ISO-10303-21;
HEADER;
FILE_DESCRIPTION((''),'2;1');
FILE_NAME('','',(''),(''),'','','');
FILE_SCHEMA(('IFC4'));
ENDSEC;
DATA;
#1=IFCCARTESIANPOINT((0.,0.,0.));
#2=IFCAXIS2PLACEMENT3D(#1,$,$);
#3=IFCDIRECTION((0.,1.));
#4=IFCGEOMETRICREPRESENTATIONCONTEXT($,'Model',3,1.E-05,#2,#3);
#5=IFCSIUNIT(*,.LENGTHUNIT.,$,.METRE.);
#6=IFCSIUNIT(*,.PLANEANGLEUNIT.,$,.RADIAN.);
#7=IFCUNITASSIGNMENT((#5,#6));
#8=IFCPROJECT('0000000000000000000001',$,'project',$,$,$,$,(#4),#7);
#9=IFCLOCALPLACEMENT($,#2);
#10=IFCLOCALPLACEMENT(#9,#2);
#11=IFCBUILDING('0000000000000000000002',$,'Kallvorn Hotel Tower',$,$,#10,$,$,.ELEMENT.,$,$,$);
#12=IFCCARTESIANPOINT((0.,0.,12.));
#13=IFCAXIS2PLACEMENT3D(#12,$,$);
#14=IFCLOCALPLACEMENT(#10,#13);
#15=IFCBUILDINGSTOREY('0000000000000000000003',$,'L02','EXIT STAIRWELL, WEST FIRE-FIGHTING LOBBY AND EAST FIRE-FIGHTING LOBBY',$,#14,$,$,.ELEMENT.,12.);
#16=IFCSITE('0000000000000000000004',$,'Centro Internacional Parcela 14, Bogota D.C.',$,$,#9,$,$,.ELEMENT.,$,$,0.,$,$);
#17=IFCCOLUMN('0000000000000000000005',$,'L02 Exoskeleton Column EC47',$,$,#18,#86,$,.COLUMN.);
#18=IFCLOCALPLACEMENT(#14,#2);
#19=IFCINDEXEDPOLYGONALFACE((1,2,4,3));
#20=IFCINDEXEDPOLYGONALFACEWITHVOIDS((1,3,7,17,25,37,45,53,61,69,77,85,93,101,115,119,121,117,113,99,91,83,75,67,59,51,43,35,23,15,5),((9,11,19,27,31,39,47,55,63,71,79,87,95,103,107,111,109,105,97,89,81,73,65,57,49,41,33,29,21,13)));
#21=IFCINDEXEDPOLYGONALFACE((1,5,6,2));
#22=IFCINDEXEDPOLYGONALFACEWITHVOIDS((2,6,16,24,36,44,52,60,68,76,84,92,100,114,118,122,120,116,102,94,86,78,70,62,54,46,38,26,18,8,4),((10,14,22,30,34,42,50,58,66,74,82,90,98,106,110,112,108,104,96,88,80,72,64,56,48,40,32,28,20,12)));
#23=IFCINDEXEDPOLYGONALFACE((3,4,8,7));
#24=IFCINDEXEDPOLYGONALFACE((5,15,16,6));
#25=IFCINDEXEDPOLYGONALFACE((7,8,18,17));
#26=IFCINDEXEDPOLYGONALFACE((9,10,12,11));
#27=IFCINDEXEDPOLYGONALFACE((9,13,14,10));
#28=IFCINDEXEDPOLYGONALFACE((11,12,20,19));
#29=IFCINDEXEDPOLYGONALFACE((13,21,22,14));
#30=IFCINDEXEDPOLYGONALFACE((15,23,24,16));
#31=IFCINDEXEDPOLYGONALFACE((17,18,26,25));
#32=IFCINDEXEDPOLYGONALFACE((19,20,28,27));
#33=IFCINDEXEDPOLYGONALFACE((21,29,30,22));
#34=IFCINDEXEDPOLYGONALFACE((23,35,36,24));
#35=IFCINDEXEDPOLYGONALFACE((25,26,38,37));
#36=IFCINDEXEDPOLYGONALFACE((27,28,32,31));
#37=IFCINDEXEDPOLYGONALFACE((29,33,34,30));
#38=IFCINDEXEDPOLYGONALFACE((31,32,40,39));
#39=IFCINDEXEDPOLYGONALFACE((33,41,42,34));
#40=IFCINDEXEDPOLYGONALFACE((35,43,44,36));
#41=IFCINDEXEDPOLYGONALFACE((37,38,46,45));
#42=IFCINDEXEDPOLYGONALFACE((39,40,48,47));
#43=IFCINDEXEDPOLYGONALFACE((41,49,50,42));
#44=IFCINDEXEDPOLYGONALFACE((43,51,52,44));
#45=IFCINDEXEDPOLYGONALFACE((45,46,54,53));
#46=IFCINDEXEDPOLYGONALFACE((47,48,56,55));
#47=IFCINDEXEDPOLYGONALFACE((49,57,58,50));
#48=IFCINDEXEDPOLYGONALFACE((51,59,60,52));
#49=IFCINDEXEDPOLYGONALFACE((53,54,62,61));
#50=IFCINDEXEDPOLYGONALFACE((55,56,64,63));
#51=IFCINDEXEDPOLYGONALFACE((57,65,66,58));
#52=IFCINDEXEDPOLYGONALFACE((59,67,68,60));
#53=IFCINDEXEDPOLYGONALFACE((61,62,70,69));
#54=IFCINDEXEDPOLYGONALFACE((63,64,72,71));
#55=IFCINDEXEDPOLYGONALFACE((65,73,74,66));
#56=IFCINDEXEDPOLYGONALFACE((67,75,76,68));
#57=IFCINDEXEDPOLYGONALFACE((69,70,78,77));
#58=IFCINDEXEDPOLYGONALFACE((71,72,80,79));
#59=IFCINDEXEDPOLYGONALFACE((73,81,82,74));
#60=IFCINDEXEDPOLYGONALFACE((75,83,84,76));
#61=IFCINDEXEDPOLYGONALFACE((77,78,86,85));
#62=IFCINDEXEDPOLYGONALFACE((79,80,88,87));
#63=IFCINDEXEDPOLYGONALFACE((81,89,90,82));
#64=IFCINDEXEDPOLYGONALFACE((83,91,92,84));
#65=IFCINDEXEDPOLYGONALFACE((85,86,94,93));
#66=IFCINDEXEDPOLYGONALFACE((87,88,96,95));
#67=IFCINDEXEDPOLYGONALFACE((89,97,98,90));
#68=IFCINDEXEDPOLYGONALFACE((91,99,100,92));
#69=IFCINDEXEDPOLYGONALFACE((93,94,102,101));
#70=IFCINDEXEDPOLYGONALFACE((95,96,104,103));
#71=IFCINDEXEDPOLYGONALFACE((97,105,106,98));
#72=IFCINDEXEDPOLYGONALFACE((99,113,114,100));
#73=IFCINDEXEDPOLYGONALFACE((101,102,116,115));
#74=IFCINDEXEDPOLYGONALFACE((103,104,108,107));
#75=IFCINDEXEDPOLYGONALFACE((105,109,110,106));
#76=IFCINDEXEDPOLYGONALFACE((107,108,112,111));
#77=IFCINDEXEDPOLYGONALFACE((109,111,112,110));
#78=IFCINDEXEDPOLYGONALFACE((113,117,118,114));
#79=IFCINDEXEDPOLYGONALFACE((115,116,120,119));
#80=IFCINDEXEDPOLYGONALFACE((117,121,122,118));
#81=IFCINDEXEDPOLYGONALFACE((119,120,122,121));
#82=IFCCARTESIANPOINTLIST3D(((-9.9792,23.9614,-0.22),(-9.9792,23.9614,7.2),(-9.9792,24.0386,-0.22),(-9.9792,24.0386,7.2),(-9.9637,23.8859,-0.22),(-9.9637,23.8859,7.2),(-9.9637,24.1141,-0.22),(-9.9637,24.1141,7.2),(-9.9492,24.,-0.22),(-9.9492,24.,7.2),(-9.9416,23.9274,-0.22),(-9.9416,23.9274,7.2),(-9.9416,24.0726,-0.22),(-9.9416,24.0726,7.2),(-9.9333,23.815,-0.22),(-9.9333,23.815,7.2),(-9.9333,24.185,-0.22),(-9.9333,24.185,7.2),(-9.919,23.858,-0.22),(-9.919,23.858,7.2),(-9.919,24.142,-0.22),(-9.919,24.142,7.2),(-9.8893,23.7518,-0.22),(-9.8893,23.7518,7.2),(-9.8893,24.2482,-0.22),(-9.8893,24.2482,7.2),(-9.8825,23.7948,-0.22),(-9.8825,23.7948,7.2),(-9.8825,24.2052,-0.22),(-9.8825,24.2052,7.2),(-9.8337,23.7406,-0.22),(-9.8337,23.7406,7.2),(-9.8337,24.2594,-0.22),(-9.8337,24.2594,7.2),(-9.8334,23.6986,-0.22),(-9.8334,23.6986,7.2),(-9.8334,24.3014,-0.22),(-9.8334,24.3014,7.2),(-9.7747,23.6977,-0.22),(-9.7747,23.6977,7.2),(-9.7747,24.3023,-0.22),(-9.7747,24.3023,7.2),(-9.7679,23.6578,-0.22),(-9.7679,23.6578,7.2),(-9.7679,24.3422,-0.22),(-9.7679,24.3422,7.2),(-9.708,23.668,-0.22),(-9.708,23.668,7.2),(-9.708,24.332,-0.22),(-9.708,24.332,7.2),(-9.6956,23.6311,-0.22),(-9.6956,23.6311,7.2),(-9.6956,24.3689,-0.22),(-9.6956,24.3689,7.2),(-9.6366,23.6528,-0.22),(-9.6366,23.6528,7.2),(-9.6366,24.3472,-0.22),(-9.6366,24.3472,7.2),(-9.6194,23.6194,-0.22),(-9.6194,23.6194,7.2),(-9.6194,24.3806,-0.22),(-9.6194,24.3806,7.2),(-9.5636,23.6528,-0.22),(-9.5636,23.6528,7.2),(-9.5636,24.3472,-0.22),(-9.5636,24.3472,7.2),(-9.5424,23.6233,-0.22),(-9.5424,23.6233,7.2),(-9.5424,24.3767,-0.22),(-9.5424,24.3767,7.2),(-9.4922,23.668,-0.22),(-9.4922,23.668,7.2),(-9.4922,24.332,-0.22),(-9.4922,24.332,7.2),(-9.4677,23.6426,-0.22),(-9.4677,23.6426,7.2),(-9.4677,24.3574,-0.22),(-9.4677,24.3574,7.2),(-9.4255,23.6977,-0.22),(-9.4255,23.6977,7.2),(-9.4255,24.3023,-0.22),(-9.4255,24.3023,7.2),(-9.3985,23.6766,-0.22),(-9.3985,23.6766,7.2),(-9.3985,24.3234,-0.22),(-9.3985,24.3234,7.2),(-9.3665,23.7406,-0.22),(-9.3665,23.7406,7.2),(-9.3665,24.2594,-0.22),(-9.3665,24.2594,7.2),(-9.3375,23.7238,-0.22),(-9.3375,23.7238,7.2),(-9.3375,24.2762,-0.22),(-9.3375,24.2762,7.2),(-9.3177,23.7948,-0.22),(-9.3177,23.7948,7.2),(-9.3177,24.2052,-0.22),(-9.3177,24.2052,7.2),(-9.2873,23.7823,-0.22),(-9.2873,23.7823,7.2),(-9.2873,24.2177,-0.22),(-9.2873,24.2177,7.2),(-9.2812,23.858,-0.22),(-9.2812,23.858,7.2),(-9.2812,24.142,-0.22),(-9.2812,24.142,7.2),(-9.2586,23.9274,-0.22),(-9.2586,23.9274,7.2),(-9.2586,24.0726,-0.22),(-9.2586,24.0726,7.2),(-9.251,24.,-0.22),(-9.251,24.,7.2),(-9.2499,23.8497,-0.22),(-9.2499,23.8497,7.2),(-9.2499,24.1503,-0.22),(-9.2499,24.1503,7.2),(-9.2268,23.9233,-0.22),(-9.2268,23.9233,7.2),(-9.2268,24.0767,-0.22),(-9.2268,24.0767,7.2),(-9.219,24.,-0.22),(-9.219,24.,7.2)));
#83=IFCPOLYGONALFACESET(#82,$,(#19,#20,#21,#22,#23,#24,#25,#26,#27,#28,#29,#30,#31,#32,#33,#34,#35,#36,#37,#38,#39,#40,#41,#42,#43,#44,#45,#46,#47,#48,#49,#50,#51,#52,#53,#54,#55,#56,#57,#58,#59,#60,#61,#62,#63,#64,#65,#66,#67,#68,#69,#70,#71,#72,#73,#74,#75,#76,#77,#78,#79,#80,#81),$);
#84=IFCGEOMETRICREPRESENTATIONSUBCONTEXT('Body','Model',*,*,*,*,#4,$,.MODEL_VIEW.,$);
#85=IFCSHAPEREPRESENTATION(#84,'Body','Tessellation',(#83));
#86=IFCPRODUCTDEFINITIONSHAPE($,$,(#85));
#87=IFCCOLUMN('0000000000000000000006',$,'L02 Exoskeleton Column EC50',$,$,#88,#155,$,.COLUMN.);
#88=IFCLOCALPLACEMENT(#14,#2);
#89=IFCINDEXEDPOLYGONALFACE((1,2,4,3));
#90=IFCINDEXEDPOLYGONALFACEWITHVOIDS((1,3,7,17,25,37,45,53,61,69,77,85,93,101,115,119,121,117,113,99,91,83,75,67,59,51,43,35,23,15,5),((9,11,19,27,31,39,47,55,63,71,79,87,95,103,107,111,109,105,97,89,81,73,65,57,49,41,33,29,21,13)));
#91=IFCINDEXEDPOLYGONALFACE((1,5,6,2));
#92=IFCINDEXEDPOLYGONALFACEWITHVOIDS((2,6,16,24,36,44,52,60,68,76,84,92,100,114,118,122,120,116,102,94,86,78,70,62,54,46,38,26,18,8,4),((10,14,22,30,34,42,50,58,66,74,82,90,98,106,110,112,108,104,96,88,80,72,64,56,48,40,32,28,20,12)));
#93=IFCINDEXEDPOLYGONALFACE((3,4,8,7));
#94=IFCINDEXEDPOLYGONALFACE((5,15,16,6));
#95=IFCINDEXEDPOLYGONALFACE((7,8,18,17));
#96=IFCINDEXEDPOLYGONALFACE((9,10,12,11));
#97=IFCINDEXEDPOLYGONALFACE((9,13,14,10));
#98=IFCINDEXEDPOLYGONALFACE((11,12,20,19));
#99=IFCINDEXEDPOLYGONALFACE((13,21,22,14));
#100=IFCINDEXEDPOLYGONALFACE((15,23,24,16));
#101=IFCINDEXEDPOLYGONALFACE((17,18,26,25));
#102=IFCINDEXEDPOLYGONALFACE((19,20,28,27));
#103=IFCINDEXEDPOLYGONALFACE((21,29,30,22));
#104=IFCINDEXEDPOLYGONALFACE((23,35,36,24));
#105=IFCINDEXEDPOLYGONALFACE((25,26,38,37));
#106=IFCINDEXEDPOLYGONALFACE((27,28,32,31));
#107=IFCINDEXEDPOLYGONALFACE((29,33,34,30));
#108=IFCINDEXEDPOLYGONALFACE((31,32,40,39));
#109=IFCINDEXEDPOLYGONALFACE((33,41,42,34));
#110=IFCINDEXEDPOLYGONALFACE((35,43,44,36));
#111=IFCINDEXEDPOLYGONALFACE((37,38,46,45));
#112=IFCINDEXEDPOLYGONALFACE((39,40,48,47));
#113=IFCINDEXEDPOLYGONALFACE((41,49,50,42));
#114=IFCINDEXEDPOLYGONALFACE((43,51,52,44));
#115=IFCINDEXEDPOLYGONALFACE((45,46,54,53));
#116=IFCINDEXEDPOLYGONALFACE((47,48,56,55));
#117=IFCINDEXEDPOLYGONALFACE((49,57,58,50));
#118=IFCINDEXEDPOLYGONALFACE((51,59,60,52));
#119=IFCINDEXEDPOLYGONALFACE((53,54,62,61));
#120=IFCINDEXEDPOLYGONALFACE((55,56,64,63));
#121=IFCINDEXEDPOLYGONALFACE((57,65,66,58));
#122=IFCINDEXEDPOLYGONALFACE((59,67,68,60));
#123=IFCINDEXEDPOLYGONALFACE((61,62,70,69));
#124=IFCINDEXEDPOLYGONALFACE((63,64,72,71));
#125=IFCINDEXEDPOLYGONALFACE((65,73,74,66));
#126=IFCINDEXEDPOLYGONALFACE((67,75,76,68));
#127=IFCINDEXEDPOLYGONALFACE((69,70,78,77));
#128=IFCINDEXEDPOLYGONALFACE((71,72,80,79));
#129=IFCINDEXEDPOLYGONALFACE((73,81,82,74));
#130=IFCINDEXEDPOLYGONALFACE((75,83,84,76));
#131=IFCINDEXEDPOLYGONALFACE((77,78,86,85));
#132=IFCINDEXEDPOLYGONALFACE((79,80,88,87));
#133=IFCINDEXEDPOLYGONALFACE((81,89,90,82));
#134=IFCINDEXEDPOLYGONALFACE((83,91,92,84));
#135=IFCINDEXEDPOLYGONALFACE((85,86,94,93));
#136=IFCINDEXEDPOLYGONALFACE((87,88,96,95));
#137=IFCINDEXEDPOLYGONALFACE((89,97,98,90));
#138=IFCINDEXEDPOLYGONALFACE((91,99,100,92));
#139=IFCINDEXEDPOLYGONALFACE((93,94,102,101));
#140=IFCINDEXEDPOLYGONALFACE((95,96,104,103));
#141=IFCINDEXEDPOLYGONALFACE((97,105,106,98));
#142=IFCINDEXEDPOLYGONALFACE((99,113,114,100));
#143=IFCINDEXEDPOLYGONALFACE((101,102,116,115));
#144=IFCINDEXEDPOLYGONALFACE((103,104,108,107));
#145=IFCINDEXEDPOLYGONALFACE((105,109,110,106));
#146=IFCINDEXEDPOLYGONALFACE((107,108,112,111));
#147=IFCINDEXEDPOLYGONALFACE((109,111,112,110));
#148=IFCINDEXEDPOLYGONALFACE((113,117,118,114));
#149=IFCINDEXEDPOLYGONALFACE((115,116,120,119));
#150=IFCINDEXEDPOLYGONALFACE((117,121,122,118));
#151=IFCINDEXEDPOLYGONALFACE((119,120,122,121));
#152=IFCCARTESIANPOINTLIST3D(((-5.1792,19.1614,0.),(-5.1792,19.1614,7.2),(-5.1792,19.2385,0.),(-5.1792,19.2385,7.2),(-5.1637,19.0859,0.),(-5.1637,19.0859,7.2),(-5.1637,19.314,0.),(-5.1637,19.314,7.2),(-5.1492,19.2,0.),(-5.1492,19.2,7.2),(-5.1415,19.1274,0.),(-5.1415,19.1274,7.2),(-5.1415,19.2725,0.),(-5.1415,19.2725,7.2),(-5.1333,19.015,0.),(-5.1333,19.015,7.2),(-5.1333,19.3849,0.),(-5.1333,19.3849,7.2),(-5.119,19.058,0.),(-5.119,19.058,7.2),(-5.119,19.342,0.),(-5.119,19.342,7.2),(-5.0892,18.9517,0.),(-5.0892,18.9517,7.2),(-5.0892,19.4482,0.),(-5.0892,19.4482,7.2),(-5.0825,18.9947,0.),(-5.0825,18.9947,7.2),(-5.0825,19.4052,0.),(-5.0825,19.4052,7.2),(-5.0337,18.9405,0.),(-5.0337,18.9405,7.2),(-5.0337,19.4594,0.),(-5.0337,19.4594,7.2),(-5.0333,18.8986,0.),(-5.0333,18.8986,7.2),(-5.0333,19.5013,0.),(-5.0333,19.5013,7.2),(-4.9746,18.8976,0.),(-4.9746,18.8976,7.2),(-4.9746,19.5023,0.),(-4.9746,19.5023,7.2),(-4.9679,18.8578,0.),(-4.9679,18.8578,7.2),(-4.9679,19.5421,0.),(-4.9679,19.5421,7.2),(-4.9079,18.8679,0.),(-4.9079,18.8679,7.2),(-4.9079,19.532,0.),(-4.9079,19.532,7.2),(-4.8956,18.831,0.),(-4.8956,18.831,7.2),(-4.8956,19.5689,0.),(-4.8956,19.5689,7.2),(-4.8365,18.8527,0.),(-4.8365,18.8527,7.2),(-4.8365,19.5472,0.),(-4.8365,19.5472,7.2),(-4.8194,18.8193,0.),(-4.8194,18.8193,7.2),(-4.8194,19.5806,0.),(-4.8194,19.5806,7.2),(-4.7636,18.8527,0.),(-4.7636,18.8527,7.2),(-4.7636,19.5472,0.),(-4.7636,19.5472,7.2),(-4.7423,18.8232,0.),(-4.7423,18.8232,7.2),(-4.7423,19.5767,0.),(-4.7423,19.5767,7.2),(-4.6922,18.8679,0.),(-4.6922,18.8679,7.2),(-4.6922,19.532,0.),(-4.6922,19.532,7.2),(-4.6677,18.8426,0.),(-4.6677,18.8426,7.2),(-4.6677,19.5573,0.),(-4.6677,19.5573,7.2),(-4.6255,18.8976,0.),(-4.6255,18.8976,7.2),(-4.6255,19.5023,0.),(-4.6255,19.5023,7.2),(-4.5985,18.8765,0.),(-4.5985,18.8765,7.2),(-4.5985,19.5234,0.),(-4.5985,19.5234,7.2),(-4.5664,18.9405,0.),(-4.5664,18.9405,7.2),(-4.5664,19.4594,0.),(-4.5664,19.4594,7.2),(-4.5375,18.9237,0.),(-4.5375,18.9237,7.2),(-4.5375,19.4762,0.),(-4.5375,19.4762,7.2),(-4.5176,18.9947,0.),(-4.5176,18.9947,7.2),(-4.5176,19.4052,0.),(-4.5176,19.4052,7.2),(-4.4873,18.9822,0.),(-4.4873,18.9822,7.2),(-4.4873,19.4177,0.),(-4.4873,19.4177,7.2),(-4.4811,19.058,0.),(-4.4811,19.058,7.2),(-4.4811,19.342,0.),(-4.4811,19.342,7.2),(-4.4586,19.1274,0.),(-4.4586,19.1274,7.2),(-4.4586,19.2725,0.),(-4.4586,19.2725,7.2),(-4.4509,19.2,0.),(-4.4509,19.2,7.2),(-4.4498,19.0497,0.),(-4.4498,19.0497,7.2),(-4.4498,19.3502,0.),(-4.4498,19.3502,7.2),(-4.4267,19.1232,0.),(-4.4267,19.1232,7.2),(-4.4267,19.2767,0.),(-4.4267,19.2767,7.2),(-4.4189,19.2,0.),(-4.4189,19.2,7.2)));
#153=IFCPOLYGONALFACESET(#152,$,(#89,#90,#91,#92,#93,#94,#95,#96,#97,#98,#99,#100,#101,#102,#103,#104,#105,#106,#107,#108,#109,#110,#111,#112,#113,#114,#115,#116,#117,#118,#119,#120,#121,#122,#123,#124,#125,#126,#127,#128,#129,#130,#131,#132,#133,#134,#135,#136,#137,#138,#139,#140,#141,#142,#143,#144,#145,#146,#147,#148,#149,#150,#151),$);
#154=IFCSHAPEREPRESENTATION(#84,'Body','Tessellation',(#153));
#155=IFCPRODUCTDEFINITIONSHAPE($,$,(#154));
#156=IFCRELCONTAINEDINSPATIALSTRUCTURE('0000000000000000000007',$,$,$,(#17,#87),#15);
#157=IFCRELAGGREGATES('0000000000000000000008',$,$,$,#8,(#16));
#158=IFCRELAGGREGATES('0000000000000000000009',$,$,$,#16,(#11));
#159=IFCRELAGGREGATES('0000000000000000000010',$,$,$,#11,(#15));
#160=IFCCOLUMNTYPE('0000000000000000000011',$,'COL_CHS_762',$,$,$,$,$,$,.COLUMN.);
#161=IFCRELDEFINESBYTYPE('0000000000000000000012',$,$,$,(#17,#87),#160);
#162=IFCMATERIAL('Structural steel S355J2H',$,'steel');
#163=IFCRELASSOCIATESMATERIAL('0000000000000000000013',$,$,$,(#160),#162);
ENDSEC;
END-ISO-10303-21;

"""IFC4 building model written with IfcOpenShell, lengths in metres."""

from ifc_helpers import new_model, si_unit, direction, frame, origin, origin_2d, place, context, subcontext, project, spatial, hollow_circle, extrude, material, material_profile, profile_set, type_object, element, save


model = new_model("IFC4")

# Units and contexts
model_context = context("Model", 3, precision=1e-05, world=origin(), true_north=direction((0.0, 1.0)))
body_context = subcontext(model_context, "Body", "Model", "MODEL_VIEW")
ifc_project = project(units=[si_unit("LENGTHUNIT", "METRE"), si_unit("PLANEANGLEUNIT", "RADIAN")], contexts=[model_context])

# Site, building, storey
site_placement = place(None, origin())
site = spatial("IfcSite", under=ifc_project, at=site_placement, Name="Centro Internacional Parcela 14, Bogota D.C.", CompositionType="ELEMENT", RefElevation=0.0)
building_placement = place(site_placement, origin())
building = spatial("IfcBuilding", under=site, at=building_placement, Name="Kallvorn Hotel Tower", CompositionType="ELEMENT")
storey_placement = place(building_placement, frame((0.0, 0.0, 12.0)))
storey = spatial("IfcBuildingStorey", under=building, at=storey_placement, Name="L02", Description="EXIT STAIRWELL, WEST FIRE-FIGHTING LOBBY AND EAST FIRE-FIGHTING LOBBY", CompositionType="ELEMENT", Elevation=12.0)

# Columns
ifc_material_1 = material(Name="Structural steel S355J2H", Category="steel")
ifc_material_profile_1 = material_profile(ifc_material_1, hollow_circle(Radius=0.3811, WallThickness=0.032, at=origin_2d()), Name="CHS 762x32")
ifc_profile_set_1 = profile_set([ifc_material_profile_1], Name="Structural steel S355J2H")
column_type_1 = type_object("IfcColumnType", Name="COL_CHS_762", PredefinedType="COLUMN", material=ifc_profile_set_1)
column_1_placement = place(storey_placement, frame((-9.6001, 24.0, -0.22), z_axis=(0.0, 0.0, 1.0), x_axis=(1.0, 0.0, 0.0)))
element("IfcColumn", 1, at=column_1_placement, inside=storey, type_object=column_type_1, Name="L02 Exoskeleton Column EC47", PredefinedType="COLUMN", context=body_context, shape_type="SweptSolid", body=[
    extrude(hollow_circle(Radius=0.3811, WallThickness=0.032, at=origin_2d()), origin(), (0.0, 0.0, 1.0), 7.4199),
])
column_2_placement = place(storey_placement, frame((-4.8, 19.2, 0.0), z_axis=(0.0, 0.0, 1.0), x_axis=(1.0, 0.0, 0.0)))
element("IfcColumn", 2, at=column_2_placement, inside=storey, type_object=column_type_1, Name="L02 Exoskeleton Column EC50", PredefinedType="COLUMN", context=body_context, shape_type="SweptSolid", body=[
    extrude(hollow_circle(Radius=0.3811, WallThickness=0.032, at=origin_2d()), origin(), (0.0, 0.0, 1.0), 7.2),
])

save(model, "model.ifc")
